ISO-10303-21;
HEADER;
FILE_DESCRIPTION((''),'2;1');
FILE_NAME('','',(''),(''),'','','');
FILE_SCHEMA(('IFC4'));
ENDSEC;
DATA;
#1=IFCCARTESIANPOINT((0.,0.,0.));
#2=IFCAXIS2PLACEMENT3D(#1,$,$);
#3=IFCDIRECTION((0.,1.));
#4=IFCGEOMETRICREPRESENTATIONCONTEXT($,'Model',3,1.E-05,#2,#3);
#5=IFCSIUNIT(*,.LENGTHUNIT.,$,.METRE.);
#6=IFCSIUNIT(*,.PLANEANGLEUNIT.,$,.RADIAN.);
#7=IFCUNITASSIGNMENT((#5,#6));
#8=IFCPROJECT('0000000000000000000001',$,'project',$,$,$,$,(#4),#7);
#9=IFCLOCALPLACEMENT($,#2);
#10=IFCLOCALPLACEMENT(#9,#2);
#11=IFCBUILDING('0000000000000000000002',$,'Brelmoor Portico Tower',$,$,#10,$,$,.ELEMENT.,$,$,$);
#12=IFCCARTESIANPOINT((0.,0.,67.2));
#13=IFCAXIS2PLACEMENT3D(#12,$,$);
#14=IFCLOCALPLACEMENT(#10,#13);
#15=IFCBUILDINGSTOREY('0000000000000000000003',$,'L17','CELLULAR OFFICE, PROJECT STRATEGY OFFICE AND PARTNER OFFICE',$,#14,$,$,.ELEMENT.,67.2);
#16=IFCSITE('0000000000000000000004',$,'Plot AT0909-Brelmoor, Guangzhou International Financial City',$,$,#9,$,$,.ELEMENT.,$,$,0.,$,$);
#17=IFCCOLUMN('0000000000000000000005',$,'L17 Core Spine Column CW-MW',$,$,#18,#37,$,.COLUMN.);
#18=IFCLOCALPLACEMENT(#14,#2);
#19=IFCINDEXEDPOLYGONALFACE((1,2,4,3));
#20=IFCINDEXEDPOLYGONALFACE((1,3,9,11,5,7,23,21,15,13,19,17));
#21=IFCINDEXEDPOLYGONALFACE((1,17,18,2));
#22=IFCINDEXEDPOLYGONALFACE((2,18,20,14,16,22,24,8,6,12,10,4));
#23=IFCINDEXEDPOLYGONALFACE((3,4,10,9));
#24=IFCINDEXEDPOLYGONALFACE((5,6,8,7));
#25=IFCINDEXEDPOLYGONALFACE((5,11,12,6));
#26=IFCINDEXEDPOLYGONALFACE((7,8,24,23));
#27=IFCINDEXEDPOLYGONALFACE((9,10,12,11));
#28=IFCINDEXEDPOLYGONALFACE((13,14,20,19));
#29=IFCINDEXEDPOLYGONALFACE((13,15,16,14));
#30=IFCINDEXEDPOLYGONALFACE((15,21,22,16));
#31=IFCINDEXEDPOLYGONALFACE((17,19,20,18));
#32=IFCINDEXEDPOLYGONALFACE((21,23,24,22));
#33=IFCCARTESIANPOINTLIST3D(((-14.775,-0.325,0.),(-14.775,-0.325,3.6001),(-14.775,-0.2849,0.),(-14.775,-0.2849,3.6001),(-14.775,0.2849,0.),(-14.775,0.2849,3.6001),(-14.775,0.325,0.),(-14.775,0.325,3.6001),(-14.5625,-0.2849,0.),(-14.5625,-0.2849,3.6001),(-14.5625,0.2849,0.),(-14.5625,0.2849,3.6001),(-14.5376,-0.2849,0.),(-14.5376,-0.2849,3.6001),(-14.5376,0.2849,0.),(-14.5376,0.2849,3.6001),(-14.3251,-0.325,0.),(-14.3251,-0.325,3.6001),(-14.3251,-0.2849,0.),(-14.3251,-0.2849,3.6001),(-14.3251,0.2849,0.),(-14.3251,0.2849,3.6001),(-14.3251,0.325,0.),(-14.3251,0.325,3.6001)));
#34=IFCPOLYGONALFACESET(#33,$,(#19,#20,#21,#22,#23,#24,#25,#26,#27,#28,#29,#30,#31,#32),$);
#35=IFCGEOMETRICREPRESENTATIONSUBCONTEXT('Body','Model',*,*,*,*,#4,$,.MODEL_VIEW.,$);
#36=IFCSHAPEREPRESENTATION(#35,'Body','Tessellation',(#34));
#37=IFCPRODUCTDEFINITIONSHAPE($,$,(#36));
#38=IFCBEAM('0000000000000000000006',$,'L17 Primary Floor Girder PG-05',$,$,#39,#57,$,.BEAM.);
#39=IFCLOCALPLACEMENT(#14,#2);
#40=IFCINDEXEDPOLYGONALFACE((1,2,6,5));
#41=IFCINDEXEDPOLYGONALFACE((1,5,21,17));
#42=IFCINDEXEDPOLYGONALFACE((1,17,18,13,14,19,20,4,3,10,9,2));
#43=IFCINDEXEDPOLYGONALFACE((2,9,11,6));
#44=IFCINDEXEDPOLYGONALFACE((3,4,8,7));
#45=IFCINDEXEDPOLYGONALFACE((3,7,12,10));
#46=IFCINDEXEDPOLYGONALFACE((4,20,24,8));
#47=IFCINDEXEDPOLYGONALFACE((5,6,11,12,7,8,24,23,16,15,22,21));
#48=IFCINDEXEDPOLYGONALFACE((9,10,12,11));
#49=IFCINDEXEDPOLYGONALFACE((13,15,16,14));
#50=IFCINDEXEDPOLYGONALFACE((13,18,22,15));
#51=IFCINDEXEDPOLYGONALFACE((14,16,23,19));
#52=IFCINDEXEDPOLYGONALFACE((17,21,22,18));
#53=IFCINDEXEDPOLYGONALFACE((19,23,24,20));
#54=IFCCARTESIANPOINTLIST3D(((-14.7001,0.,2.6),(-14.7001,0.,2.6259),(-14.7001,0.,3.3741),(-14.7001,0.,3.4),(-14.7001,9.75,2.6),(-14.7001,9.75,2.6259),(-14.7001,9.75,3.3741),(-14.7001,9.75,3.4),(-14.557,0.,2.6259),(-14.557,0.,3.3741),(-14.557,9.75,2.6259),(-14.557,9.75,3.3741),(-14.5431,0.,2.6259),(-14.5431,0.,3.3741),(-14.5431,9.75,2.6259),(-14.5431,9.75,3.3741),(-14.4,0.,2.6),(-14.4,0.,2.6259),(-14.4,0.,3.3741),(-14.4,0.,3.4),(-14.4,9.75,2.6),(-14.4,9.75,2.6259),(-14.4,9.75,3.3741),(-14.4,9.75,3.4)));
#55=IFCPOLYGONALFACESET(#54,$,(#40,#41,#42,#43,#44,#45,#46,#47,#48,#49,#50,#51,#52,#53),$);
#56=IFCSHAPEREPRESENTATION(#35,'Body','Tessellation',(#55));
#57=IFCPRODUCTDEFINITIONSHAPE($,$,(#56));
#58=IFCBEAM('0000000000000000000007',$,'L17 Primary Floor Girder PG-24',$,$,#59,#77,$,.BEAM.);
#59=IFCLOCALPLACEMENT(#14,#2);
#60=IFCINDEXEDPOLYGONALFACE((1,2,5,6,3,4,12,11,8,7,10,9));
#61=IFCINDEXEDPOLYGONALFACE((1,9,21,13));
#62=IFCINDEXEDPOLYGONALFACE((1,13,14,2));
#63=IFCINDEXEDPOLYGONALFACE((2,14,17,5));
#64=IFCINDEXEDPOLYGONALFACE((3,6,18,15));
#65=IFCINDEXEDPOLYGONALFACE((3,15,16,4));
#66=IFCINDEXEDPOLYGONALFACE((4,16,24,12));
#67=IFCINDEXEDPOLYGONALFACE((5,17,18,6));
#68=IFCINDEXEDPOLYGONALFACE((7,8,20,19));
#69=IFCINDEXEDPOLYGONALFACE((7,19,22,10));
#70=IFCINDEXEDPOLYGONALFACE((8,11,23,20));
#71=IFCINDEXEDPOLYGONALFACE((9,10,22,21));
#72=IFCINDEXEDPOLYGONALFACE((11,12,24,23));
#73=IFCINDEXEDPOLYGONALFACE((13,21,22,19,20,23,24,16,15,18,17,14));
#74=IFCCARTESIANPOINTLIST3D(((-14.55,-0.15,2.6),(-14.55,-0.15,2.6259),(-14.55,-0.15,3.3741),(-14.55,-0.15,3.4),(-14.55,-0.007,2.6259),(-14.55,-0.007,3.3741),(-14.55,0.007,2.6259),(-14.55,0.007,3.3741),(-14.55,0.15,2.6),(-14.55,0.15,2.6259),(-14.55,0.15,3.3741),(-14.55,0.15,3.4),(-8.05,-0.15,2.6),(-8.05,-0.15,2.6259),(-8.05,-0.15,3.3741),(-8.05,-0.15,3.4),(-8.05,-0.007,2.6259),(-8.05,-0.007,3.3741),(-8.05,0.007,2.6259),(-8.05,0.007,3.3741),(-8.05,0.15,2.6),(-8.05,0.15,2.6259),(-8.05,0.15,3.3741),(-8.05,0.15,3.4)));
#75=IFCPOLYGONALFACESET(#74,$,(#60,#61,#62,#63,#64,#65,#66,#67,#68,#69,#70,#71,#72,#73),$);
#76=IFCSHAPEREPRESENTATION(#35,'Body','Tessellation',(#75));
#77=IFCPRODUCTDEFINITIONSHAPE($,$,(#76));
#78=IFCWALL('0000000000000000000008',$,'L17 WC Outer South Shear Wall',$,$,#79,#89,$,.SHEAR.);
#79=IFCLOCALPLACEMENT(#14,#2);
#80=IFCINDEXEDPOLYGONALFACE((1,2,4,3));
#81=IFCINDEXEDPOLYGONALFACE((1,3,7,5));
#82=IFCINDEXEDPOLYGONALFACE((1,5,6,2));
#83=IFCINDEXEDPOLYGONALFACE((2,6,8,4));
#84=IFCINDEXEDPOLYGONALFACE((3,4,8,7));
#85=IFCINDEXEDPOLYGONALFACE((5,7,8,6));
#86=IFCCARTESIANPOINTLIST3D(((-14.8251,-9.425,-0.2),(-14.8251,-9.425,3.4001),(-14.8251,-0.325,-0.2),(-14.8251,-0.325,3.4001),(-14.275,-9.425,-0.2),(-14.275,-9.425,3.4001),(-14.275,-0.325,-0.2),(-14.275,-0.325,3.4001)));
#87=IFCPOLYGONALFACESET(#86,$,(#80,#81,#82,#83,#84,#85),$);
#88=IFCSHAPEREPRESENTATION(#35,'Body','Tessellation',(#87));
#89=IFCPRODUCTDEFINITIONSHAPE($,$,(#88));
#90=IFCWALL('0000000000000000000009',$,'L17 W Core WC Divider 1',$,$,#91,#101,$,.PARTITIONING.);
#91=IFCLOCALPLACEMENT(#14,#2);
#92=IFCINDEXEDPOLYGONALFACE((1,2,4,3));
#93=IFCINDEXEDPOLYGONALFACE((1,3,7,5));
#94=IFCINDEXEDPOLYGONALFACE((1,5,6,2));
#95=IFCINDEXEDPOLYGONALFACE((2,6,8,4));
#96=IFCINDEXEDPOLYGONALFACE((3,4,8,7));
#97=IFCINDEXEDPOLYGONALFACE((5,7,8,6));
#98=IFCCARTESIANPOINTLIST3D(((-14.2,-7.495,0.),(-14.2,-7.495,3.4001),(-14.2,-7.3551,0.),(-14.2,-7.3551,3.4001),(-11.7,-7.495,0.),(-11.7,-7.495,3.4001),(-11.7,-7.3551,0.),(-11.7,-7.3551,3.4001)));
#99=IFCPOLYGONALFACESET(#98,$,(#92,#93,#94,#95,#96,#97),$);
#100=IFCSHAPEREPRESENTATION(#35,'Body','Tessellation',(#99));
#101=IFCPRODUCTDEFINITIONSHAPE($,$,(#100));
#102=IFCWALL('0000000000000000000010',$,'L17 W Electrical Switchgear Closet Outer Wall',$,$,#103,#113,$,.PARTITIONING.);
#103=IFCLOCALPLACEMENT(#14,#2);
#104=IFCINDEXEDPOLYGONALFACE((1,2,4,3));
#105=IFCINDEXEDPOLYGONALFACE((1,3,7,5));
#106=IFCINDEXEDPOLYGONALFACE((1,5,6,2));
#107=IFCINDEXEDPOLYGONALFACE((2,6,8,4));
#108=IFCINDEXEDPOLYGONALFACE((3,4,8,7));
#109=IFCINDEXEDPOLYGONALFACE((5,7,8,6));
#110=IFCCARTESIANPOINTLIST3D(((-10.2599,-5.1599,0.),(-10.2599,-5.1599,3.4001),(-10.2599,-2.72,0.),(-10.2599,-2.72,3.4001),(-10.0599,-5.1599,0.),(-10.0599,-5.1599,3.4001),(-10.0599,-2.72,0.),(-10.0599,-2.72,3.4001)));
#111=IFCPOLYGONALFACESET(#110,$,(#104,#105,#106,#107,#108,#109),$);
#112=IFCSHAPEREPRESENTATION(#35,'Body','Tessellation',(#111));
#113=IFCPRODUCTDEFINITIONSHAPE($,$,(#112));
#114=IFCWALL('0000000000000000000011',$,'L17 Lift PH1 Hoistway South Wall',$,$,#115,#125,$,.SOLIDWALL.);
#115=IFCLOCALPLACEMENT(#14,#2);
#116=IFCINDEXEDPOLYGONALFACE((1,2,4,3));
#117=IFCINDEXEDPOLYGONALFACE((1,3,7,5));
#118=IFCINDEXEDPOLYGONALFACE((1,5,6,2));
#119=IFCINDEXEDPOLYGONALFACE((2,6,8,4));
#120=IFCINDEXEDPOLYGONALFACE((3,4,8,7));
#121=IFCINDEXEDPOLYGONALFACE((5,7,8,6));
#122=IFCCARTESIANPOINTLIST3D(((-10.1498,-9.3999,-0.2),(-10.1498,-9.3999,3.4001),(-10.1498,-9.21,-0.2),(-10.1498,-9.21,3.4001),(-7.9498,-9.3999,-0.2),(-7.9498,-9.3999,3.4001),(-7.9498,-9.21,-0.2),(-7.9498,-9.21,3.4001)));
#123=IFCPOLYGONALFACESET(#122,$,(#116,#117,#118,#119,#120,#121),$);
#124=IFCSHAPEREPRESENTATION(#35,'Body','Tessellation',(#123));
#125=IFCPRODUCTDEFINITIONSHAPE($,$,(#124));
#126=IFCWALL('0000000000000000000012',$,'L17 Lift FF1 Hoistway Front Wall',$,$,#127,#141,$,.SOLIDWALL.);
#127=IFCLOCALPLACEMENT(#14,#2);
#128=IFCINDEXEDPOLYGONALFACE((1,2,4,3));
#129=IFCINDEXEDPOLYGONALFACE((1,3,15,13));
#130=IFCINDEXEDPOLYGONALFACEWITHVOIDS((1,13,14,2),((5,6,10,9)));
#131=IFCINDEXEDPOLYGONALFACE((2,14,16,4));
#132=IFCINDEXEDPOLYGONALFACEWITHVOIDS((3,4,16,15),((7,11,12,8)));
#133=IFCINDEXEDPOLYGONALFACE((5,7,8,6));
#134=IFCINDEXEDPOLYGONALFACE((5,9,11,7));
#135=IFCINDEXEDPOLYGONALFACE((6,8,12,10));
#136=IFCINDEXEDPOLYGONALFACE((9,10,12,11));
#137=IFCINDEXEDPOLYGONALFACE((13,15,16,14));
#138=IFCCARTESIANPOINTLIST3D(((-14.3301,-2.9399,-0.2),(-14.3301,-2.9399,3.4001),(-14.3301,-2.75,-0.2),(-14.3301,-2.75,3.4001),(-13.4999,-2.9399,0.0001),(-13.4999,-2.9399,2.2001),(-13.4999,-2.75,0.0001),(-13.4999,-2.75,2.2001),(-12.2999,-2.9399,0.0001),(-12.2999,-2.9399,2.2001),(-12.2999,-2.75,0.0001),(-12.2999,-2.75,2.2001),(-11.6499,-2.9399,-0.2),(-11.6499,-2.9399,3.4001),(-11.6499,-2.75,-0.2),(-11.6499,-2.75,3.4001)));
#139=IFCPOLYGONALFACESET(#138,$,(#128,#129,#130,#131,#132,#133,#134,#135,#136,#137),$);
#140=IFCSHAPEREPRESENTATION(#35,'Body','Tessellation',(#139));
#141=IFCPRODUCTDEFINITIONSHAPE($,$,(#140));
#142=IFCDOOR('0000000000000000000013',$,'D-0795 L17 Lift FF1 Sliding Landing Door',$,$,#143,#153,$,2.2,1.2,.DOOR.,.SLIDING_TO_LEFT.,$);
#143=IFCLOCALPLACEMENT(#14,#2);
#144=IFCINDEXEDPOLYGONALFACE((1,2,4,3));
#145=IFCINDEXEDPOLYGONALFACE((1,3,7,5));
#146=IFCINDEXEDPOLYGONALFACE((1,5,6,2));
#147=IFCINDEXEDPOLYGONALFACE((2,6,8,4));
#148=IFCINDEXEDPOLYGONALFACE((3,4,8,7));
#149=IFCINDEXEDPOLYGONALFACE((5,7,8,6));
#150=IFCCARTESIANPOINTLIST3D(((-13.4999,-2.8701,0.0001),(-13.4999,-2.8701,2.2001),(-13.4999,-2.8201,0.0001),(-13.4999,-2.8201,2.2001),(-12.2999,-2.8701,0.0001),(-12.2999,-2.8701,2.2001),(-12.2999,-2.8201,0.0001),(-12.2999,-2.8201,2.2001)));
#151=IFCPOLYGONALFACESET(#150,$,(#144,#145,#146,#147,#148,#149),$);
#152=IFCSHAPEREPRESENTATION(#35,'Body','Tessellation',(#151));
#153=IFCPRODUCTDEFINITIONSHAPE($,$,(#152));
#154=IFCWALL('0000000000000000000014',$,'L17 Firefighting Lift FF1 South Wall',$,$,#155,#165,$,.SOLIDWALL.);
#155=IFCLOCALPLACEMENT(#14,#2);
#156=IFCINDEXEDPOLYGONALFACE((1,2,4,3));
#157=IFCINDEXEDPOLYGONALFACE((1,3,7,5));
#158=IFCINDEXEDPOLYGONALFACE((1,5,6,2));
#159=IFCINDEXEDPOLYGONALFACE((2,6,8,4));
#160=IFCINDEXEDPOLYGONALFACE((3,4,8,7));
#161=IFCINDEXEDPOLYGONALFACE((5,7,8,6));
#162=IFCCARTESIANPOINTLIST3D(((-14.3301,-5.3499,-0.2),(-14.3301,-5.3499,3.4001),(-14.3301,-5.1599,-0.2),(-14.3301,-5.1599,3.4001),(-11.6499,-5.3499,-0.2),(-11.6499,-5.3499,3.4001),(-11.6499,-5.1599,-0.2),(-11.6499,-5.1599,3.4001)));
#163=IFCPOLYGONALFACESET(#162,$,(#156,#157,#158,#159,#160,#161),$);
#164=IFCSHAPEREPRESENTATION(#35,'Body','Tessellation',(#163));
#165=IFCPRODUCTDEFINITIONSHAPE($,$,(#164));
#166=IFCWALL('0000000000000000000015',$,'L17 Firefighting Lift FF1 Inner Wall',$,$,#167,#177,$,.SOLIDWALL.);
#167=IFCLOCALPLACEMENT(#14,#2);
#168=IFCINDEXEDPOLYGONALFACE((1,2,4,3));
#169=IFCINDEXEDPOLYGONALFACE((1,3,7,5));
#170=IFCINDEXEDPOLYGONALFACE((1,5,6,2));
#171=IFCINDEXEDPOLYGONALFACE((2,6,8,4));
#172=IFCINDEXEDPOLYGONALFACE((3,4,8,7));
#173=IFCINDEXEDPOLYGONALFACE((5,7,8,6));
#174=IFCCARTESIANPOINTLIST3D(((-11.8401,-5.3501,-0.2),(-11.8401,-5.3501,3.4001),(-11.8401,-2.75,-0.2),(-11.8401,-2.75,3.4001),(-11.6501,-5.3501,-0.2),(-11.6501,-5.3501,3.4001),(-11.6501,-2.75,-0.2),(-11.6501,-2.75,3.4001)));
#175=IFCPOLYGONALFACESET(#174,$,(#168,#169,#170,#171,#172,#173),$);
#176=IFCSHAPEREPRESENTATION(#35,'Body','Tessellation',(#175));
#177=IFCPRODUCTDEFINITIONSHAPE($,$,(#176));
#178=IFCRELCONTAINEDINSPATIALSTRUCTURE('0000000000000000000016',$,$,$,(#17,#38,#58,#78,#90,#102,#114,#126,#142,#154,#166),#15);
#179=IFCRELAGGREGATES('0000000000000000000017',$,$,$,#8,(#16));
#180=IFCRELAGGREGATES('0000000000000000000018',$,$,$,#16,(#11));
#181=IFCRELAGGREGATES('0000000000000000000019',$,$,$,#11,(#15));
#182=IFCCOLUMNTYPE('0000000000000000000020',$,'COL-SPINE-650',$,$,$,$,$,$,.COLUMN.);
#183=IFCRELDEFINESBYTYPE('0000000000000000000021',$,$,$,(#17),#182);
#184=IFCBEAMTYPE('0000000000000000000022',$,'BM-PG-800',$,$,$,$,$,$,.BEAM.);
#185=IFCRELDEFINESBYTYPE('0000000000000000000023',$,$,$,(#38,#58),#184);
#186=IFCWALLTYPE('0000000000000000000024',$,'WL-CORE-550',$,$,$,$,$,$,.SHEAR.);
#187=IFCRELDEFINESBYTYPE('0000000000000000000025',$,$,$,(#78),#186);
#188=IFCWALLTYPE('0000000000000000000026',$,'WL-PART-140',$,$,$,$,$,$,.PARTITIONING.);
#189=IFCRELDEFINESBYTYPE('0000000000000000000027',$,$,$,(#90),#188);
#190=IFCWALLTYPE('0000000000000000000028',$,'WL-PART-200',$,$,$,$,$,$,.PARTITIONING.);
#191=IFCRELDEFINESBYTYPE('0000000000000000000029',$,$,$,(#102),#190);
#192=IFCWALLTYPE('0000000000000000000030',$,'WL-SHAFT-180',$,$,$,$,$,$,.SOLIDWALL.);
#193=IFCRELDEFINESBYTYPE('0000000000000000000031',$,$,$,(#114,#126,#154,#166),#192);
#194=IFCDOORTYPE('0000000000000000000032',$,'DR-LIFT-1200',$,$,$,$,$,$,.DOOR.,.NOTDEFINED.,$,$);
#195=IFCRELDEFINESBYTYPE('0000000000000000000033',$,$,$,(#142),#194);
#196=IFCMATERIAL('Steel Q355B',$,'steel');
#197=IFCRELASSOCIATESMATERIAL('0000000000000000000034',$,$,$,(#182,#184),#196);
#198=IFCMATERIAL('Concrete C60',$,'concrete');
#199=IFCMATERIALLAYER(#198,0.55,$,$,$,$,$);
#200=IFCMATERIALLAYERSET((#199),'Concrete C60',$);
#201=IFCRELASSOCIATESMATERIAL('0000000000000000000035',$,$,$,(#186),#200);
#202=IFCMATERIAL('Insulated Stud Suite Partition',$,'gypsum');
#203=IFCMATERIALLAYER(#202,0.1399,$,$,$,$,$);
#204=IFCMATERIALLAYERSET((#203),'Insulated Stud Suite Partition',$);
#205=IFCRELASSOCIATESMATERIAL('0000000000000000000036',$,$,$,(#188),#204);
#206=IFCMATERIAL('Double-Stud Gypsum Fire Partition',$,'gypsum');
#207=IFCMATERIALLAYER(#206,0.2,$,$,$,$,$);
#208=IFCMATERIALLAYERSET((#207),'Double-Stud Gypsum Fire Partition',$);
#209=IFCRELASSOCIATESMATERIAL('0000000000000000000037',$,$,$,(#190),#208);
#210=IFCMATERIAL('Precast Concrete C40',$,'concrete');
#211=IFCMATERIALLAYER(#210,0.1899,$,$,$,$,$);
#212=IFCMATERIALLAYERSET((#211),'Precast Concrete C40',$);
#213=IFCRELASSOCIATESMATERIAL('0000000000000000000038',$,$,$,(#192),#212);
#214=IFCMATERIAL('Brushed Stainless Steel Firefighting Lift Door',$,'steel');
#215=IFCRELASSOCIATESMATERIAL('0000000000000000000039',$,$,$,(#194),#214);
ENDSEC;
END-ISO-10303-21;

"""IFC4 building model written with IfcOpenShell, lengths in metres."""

from ifc_helpers import new_model, si_unit, direction, frame, frame_2d, origin, origin_2d, place, context, subcontext, project, spatial, rectangle, i_section, extrude, material, layer, layer_set, material_profile, profile_set, type_object, element, fill, save


model = new_model("IFC4")

# Units and contexts
model_context = context("Model", 3, precision=1e-05, world=origin(), true_north=direction((0.0, 1.0)))
body_context = subcontext(model_context, "Body", "Model", "MODEL_VIEW")
ifc_project = project(units=[si_unit("LENGTHUNIT", "METRE"), si_unit("PLANEANGLEUNIT", "RADIAN")], contexts=[model_context])

# Site, building, storey
site_placement = place(None, origin())
site = spatial("IfcSite", under=ifc_project, at=site_placement, Name="Plot AT0909-Brelmoor, Guangzhou International Financial City", CompositionType="ELEMENT", RefElevation=0.0)
building_placement = place(site_placement, origin())
building = spatial("IfcBuilding", under=site, at=building_placement, Name="Brelmoor Portico Tower", CompositionType="ELEMENT")
storey_placement = place(building_placement, frame((0.0, 0.0, 67.2)))
storey = spatial("IfcBuildingStorey", under=building, at=storey_placement, Name="L17", Description="CELLULAR OFFICE, PROJECT STRATEGY OFFICE AND PARTNER OFFICE", CompositionType="ELEMENT", Elevation=67.2)

# Column
ifc_material_1 = material(Name="Steel Q355B", Category="steel")
ifc_material_profile_1 = material_profile(ifc_material_1, i_section(OverallWidth=0.45, OverallDepth=0.6499, WebThickness=0.0249, FlangeThickness=0.04, at=origin_2d()), Name="HW 650x450x25x40")
ifc_profile_set_1 = profile_set([ifc_material_profile_1], Name="Steel Q355B")
column_type = type_object("IfcColumnType", Name="COL-SPINE-650", PredefinedType="COLUMN", material=ifc_profile_set_1)
column_placement = place(storey_placement, frame((-14.55, 0.0, 0.0), z_axis=(0.0, 0.0, 1.0), x_axis=(1.0, 0.0, 0.0)))
element("IfcColumn", 1, at=column_placement, inside=storey, type_object=column_type, Name="L17 Core Spine Column CW-MW", PredefinedType="COLUMN", context=body_context, shape_type="SweptSolid", body=[
    extrude(i_section(OverallWidth=0.45, OverallDepth=0.6499, WebThickness=0.0249, FlangeThickness=0.04, at=origin_2d()), origin(), (0.0, 0.0, 1.0), 3.6001),
])

# Beams
ifc_material_profile_2 = material_profile(ifc_material_1, i_section(OverallWidth=0.3, OverallDepth=0.8, WebThickness=0.0139, FlangeThickness=0.0259, at=origin_2d()), Name="HN 800x300x14x26")
ifc_profile_set_2 = profile_set([ifc_material_profile_2], Name="Steel Q355B")
beam_type = type_object("IfcBeamType", Name="BM-PG-800", PredefinedType="BEAM", material=ifc_profile_set_2)
beam_1_placement = place(storey_placement, frame((-14.55, 0.0, 3.0), z_axis=(0.0, 1.0, 0.0), x_axis=(-1.0, 0.0, 0.0)))
element("IfcBeam", 2, at=beam_1_placement, inside=storey, type_object=beam_type, Name="L17 Primary Floor Girder PG-05", PredefinedType="BEAM", context=body_context, shape_type="SweptSolid", body=[
    extrude(i_section(OverallWidth=0.3, OverallDepth=0.8, WebThickness=0.0139, FlangeThickness=0.0259, at=origin_2d()), origin(), (0.0, 0.0, 1.0), 9.75),
])
beam_2_placement = place(storey_placement, frame((-14.55, 0.0, 3.0), z_axis=(1.0, 0.0, 0.0), x_axis=(0.0, 1.0, 0.0)))
element("IfcBeam", 3, at=beam_2_placement, inside=storey, type_object=beam_type, Name="L17 Primary Floor Girder PG-24", PredefinedType="BEAM", context=body_context, shape_type="SweptSolid", body=[
    extrude(i_section(OverallWidth=0.3, OverallDepth=0.8, WebThickness=0.0139, FlangeThickness=0.0259, at=origin_2d()), origin(), (0.0, 0.0, 1.0), 6.5),
])

# Walls
ifc_material_2 = material(Name="Concrete C60", Category="concrete")
ifc_layer_1 = layer(ifc_material_2, 0.55)
ifc_layer_set_1 = layer_set([ifc_layer_1], Name="Concrete C60")
wall_type_1 = type_object("IfcWallType", Name="WL-CORE-550", PredefinedType="SHEAR", material=ifc_layer_set_1)
wall_1_placement = place(storey_placement, frame((-14.55, -9.425, -0.2), z_axis=(0.0, 0.0, 1.0), x_axis=(0.0, 1.0, 0.0)))
element("IfcWall", 4, at=wall_1_placement, inside=storey, type_object=wall_type_1, Name="L17 WC Outer South Shear Wall", PredefinedType="SHEAR", context=body_context, shape_type="SweptSolid", body=[
    extrude(rectangle(XDim=9.1001, YDim=0.55, at=frame_2d((4.55, 0.0))), origin(), (0.0, 0.0, 1.0), 3.6001),
])
ifc_material_3 = material(Name="Insulated Stud Suite Partition", Category="gypsum")
ifc_layer_2 = layer(ifc_material_3, 0.1399)
ifc_layer_set_2 = layer_set([ifc_layer_2], Name="Insulated Stud Suite Partition")
wall_type_2 = type_object("IfcWallType", Name="WL-PART-140", PredefinedType="PARTITIONING", material=ifc_layer_set_2)
wall_2_placement = place(storey_placement, frame((-11.7, -7.425, 0.0), z_axis=(0.0, 0.0, 1.0), x_axis=(-1.0, 0.0, 0.0)))
element("IfcWall", 5, at=wall_2_placement, inside=storey, type_object=wall_type_2, Name="L17 W Core WC Divider 1", PredefinedType="PARTITIONING", context=body_context, shape_type="SweptSolid", body=[
    extrude(rectangle(XDim=2.5, YDim=0.1399, at=frame_2d((1.25, 0.0))), origin(), (0.0, 0.0, 1.0), 3.4001),
])

# Shared definitions
ifc_material_4 = material(Name="Double-Stud Gypsum Fire Partition", Category="gypsum")
ifc_layer_3 = layer(ifc_material_4, 0.2)
ifc_layer_set_3 = layer_set([ifc_layer_3], Name="Double-Stud Gypsum Fire Partition")
wall_type_3 = type_object("IfcWallType", Name="WL-PART-200", PredefinedType="PARTITIONING", material=ifc_layer_set_3)

# Walls
wall_3_placement = place(storey_placement, frame((-10.1599, -5.1599, 0.0), z_axis=(0.0, 0.0, 1.0), x_axis=(0.0, 1.0, 0.0)))
element("IfcWall", 6, at=wall_3_placement, inside=storey, type_object=wall_type_3, Name="L17 W Electrical Switchgear Closet Outer Wall", PredefinedType="PARTITIONING", context=body_context, shape_type="SweptSolid", body=[
    extrude(rectangle(XDim=2.4399, YDim=0.2, at=frame_2d((1.22, 0.0))), origin(), (0.0, 0.0, 1.0), 3.4001),
])
ifc_material_5 = material(Name="Precast Concrete C40", Category="concrete")
ifc_layer_4 = layer(ifc_material_5, 0.1899)
ifc_layer_set_4 = layer_set([ifc_layer_4], Name="Precast Concrete C40")
wall_type_4 = type_object("IfcWallType", Name="WL-SHAFT-180", PredefinedType="SOLIDWALL", material=ifc_layer_set_4)
wall_4_placement = place(storey_placement, frame((-10.1499, -9.3049, -0.2), z_axis=(0.0, 0.0, 1.0), x_axis=(1.0, 0.0, 0.0)))
element("IfcWall", 7, at=wall_4_placement, inside=storey, type_object=wall_type_4, Name="L17 Lift PH1 Hoistway South Wall", PredefinedType="SOLIDWALL", context=body_context, shape_type="SweptSolid", body=[
    extrude(rectangle(XDim=2.2, YDim=0.1899, at=frame_2d((1.1001, 0.0))), origin(), (0.0, 0.0, 1.0), 3.6001),
])

# Wall, opening, door
wall_5_placement = place(storey_placement, frame((-14.3301, -2.845, -0.2), z_axis=(0.0, 0.0, 1.0), x_axis=(1.0, 0.0, 0.0)))
wall_5 = element("IfcWall", 8, at=wall_5_placement, inside=storey, type_object=wall_type_4, Name="L17 Lift FF1 Hoistway Front Wall", PredefinedType="SOLIDWALL", context=body_context, shape_type="SweptSolid", body=[
    extrude(rectangle(XDim=2.6802, YDim=0.1899, at=frame_2d((1.3401, 0.0))), origin(), (0.0, 0.0, 1.0), 3.6001),
])
opening_1_placement = place(wall_5_placement, frame((0.8301, 0.0, 0.2)))
opening_1 = element("IfcOpeningElement", 9, at=opening_1_placement, cuts=wall_5, PredefinedType="OPENING", context=body_context, shape_type="SweptSolid", body=[
    extrude(rectangle(XDim=1.2, YDim=2.2, at=frame_2d((0.6001, 1.1001))), frame((0.0, 0.105, 0.0), z_axis=(0.0, -1.0, 0.0), x_axis=(1.0, 0.0, 0.0)), (0.0, 0.0, 1.0), 0.21),
])
ifc_material_6 = material(Name="Brushed Stainless Steel Firefighting Lift Door", Category="steel")
door_type_1 = type_object("IfcDoorType", Name="DR-LIFT-1200", OperationType="NOTDEFINED", PredefinedType="DOOR", material=ifc_material_6)
door_1_placement = place(opening_1_placement, origin())
door_1 = element("IfcDoor", 10, at=door_1_placement, inside=storey, type_object=door_type_1, Name="D-0795 L17 Lift FF1 Sliding Landing Door", OperationType="SLIDING_TO_LEFT", OverallHeight=2.2, OverallWidth=1.2, PredefinedType="DOOR", context=body_context, shape_type="SweptSolid", body=[
    extrude(rectangle(XDim=1.2, YDim=2.2, at=frame_2d((0.6001, 1.1001))), frame((0.0, 0.0249, 0.0), z_axis=(0.0, -1.0, 0.0), x_axis=(1.0, 0.0, 0.0)), (0.0, 0.0, 1.0), 0.05),
])
fill(opening_1, door_1)

# Walls
wall_6_placement = place(storey_placement, frame((-14.3301, -5.2549, -0.2), z_axis=(0.0, 0.0, 1.0), x_axis=(1.0, 0.0, 0.0)))
element("IfcWall", 11, at=wall_6_placement, inside=storey, type_object=wall_type_4, Name="L17 Firefighting Lift FF1 South Wall", PredefinedType="SOLIDWALL", context=body_context, shape_type="SweptSolid", body=[
    extrude(rectangle(XDim=2.6802, YDim=0.1899, at=frame_2d((1.3401, 0.0))), origin(), (0.0, 0.0, 1.0), 3.6001),
])
wall_7_placement = place(storey_placement, frame((-11.7451, -5.3501, -0.2), z_axis=(0.0, 0.0, 1.0), x_axis=(0.0, 1.0, 0.0)))
element("IfcWall", 12, at=wall_7_placement, inside=storey, type_object=wall_type_4, Name="L17 Firefighting Lift FF1 Inner Wall", PredefinedType="SOLIDWALL", context=body_context, shape_type="SweptSolid", body=[
    extrude(rectangle(XDim=2.6001, YDim=0.1899, at=frame_2d((1.3, 0.0))), origin(), (0.0, 0.0, 1.0), 3.6001),
])

save(model, "model.ifc")
